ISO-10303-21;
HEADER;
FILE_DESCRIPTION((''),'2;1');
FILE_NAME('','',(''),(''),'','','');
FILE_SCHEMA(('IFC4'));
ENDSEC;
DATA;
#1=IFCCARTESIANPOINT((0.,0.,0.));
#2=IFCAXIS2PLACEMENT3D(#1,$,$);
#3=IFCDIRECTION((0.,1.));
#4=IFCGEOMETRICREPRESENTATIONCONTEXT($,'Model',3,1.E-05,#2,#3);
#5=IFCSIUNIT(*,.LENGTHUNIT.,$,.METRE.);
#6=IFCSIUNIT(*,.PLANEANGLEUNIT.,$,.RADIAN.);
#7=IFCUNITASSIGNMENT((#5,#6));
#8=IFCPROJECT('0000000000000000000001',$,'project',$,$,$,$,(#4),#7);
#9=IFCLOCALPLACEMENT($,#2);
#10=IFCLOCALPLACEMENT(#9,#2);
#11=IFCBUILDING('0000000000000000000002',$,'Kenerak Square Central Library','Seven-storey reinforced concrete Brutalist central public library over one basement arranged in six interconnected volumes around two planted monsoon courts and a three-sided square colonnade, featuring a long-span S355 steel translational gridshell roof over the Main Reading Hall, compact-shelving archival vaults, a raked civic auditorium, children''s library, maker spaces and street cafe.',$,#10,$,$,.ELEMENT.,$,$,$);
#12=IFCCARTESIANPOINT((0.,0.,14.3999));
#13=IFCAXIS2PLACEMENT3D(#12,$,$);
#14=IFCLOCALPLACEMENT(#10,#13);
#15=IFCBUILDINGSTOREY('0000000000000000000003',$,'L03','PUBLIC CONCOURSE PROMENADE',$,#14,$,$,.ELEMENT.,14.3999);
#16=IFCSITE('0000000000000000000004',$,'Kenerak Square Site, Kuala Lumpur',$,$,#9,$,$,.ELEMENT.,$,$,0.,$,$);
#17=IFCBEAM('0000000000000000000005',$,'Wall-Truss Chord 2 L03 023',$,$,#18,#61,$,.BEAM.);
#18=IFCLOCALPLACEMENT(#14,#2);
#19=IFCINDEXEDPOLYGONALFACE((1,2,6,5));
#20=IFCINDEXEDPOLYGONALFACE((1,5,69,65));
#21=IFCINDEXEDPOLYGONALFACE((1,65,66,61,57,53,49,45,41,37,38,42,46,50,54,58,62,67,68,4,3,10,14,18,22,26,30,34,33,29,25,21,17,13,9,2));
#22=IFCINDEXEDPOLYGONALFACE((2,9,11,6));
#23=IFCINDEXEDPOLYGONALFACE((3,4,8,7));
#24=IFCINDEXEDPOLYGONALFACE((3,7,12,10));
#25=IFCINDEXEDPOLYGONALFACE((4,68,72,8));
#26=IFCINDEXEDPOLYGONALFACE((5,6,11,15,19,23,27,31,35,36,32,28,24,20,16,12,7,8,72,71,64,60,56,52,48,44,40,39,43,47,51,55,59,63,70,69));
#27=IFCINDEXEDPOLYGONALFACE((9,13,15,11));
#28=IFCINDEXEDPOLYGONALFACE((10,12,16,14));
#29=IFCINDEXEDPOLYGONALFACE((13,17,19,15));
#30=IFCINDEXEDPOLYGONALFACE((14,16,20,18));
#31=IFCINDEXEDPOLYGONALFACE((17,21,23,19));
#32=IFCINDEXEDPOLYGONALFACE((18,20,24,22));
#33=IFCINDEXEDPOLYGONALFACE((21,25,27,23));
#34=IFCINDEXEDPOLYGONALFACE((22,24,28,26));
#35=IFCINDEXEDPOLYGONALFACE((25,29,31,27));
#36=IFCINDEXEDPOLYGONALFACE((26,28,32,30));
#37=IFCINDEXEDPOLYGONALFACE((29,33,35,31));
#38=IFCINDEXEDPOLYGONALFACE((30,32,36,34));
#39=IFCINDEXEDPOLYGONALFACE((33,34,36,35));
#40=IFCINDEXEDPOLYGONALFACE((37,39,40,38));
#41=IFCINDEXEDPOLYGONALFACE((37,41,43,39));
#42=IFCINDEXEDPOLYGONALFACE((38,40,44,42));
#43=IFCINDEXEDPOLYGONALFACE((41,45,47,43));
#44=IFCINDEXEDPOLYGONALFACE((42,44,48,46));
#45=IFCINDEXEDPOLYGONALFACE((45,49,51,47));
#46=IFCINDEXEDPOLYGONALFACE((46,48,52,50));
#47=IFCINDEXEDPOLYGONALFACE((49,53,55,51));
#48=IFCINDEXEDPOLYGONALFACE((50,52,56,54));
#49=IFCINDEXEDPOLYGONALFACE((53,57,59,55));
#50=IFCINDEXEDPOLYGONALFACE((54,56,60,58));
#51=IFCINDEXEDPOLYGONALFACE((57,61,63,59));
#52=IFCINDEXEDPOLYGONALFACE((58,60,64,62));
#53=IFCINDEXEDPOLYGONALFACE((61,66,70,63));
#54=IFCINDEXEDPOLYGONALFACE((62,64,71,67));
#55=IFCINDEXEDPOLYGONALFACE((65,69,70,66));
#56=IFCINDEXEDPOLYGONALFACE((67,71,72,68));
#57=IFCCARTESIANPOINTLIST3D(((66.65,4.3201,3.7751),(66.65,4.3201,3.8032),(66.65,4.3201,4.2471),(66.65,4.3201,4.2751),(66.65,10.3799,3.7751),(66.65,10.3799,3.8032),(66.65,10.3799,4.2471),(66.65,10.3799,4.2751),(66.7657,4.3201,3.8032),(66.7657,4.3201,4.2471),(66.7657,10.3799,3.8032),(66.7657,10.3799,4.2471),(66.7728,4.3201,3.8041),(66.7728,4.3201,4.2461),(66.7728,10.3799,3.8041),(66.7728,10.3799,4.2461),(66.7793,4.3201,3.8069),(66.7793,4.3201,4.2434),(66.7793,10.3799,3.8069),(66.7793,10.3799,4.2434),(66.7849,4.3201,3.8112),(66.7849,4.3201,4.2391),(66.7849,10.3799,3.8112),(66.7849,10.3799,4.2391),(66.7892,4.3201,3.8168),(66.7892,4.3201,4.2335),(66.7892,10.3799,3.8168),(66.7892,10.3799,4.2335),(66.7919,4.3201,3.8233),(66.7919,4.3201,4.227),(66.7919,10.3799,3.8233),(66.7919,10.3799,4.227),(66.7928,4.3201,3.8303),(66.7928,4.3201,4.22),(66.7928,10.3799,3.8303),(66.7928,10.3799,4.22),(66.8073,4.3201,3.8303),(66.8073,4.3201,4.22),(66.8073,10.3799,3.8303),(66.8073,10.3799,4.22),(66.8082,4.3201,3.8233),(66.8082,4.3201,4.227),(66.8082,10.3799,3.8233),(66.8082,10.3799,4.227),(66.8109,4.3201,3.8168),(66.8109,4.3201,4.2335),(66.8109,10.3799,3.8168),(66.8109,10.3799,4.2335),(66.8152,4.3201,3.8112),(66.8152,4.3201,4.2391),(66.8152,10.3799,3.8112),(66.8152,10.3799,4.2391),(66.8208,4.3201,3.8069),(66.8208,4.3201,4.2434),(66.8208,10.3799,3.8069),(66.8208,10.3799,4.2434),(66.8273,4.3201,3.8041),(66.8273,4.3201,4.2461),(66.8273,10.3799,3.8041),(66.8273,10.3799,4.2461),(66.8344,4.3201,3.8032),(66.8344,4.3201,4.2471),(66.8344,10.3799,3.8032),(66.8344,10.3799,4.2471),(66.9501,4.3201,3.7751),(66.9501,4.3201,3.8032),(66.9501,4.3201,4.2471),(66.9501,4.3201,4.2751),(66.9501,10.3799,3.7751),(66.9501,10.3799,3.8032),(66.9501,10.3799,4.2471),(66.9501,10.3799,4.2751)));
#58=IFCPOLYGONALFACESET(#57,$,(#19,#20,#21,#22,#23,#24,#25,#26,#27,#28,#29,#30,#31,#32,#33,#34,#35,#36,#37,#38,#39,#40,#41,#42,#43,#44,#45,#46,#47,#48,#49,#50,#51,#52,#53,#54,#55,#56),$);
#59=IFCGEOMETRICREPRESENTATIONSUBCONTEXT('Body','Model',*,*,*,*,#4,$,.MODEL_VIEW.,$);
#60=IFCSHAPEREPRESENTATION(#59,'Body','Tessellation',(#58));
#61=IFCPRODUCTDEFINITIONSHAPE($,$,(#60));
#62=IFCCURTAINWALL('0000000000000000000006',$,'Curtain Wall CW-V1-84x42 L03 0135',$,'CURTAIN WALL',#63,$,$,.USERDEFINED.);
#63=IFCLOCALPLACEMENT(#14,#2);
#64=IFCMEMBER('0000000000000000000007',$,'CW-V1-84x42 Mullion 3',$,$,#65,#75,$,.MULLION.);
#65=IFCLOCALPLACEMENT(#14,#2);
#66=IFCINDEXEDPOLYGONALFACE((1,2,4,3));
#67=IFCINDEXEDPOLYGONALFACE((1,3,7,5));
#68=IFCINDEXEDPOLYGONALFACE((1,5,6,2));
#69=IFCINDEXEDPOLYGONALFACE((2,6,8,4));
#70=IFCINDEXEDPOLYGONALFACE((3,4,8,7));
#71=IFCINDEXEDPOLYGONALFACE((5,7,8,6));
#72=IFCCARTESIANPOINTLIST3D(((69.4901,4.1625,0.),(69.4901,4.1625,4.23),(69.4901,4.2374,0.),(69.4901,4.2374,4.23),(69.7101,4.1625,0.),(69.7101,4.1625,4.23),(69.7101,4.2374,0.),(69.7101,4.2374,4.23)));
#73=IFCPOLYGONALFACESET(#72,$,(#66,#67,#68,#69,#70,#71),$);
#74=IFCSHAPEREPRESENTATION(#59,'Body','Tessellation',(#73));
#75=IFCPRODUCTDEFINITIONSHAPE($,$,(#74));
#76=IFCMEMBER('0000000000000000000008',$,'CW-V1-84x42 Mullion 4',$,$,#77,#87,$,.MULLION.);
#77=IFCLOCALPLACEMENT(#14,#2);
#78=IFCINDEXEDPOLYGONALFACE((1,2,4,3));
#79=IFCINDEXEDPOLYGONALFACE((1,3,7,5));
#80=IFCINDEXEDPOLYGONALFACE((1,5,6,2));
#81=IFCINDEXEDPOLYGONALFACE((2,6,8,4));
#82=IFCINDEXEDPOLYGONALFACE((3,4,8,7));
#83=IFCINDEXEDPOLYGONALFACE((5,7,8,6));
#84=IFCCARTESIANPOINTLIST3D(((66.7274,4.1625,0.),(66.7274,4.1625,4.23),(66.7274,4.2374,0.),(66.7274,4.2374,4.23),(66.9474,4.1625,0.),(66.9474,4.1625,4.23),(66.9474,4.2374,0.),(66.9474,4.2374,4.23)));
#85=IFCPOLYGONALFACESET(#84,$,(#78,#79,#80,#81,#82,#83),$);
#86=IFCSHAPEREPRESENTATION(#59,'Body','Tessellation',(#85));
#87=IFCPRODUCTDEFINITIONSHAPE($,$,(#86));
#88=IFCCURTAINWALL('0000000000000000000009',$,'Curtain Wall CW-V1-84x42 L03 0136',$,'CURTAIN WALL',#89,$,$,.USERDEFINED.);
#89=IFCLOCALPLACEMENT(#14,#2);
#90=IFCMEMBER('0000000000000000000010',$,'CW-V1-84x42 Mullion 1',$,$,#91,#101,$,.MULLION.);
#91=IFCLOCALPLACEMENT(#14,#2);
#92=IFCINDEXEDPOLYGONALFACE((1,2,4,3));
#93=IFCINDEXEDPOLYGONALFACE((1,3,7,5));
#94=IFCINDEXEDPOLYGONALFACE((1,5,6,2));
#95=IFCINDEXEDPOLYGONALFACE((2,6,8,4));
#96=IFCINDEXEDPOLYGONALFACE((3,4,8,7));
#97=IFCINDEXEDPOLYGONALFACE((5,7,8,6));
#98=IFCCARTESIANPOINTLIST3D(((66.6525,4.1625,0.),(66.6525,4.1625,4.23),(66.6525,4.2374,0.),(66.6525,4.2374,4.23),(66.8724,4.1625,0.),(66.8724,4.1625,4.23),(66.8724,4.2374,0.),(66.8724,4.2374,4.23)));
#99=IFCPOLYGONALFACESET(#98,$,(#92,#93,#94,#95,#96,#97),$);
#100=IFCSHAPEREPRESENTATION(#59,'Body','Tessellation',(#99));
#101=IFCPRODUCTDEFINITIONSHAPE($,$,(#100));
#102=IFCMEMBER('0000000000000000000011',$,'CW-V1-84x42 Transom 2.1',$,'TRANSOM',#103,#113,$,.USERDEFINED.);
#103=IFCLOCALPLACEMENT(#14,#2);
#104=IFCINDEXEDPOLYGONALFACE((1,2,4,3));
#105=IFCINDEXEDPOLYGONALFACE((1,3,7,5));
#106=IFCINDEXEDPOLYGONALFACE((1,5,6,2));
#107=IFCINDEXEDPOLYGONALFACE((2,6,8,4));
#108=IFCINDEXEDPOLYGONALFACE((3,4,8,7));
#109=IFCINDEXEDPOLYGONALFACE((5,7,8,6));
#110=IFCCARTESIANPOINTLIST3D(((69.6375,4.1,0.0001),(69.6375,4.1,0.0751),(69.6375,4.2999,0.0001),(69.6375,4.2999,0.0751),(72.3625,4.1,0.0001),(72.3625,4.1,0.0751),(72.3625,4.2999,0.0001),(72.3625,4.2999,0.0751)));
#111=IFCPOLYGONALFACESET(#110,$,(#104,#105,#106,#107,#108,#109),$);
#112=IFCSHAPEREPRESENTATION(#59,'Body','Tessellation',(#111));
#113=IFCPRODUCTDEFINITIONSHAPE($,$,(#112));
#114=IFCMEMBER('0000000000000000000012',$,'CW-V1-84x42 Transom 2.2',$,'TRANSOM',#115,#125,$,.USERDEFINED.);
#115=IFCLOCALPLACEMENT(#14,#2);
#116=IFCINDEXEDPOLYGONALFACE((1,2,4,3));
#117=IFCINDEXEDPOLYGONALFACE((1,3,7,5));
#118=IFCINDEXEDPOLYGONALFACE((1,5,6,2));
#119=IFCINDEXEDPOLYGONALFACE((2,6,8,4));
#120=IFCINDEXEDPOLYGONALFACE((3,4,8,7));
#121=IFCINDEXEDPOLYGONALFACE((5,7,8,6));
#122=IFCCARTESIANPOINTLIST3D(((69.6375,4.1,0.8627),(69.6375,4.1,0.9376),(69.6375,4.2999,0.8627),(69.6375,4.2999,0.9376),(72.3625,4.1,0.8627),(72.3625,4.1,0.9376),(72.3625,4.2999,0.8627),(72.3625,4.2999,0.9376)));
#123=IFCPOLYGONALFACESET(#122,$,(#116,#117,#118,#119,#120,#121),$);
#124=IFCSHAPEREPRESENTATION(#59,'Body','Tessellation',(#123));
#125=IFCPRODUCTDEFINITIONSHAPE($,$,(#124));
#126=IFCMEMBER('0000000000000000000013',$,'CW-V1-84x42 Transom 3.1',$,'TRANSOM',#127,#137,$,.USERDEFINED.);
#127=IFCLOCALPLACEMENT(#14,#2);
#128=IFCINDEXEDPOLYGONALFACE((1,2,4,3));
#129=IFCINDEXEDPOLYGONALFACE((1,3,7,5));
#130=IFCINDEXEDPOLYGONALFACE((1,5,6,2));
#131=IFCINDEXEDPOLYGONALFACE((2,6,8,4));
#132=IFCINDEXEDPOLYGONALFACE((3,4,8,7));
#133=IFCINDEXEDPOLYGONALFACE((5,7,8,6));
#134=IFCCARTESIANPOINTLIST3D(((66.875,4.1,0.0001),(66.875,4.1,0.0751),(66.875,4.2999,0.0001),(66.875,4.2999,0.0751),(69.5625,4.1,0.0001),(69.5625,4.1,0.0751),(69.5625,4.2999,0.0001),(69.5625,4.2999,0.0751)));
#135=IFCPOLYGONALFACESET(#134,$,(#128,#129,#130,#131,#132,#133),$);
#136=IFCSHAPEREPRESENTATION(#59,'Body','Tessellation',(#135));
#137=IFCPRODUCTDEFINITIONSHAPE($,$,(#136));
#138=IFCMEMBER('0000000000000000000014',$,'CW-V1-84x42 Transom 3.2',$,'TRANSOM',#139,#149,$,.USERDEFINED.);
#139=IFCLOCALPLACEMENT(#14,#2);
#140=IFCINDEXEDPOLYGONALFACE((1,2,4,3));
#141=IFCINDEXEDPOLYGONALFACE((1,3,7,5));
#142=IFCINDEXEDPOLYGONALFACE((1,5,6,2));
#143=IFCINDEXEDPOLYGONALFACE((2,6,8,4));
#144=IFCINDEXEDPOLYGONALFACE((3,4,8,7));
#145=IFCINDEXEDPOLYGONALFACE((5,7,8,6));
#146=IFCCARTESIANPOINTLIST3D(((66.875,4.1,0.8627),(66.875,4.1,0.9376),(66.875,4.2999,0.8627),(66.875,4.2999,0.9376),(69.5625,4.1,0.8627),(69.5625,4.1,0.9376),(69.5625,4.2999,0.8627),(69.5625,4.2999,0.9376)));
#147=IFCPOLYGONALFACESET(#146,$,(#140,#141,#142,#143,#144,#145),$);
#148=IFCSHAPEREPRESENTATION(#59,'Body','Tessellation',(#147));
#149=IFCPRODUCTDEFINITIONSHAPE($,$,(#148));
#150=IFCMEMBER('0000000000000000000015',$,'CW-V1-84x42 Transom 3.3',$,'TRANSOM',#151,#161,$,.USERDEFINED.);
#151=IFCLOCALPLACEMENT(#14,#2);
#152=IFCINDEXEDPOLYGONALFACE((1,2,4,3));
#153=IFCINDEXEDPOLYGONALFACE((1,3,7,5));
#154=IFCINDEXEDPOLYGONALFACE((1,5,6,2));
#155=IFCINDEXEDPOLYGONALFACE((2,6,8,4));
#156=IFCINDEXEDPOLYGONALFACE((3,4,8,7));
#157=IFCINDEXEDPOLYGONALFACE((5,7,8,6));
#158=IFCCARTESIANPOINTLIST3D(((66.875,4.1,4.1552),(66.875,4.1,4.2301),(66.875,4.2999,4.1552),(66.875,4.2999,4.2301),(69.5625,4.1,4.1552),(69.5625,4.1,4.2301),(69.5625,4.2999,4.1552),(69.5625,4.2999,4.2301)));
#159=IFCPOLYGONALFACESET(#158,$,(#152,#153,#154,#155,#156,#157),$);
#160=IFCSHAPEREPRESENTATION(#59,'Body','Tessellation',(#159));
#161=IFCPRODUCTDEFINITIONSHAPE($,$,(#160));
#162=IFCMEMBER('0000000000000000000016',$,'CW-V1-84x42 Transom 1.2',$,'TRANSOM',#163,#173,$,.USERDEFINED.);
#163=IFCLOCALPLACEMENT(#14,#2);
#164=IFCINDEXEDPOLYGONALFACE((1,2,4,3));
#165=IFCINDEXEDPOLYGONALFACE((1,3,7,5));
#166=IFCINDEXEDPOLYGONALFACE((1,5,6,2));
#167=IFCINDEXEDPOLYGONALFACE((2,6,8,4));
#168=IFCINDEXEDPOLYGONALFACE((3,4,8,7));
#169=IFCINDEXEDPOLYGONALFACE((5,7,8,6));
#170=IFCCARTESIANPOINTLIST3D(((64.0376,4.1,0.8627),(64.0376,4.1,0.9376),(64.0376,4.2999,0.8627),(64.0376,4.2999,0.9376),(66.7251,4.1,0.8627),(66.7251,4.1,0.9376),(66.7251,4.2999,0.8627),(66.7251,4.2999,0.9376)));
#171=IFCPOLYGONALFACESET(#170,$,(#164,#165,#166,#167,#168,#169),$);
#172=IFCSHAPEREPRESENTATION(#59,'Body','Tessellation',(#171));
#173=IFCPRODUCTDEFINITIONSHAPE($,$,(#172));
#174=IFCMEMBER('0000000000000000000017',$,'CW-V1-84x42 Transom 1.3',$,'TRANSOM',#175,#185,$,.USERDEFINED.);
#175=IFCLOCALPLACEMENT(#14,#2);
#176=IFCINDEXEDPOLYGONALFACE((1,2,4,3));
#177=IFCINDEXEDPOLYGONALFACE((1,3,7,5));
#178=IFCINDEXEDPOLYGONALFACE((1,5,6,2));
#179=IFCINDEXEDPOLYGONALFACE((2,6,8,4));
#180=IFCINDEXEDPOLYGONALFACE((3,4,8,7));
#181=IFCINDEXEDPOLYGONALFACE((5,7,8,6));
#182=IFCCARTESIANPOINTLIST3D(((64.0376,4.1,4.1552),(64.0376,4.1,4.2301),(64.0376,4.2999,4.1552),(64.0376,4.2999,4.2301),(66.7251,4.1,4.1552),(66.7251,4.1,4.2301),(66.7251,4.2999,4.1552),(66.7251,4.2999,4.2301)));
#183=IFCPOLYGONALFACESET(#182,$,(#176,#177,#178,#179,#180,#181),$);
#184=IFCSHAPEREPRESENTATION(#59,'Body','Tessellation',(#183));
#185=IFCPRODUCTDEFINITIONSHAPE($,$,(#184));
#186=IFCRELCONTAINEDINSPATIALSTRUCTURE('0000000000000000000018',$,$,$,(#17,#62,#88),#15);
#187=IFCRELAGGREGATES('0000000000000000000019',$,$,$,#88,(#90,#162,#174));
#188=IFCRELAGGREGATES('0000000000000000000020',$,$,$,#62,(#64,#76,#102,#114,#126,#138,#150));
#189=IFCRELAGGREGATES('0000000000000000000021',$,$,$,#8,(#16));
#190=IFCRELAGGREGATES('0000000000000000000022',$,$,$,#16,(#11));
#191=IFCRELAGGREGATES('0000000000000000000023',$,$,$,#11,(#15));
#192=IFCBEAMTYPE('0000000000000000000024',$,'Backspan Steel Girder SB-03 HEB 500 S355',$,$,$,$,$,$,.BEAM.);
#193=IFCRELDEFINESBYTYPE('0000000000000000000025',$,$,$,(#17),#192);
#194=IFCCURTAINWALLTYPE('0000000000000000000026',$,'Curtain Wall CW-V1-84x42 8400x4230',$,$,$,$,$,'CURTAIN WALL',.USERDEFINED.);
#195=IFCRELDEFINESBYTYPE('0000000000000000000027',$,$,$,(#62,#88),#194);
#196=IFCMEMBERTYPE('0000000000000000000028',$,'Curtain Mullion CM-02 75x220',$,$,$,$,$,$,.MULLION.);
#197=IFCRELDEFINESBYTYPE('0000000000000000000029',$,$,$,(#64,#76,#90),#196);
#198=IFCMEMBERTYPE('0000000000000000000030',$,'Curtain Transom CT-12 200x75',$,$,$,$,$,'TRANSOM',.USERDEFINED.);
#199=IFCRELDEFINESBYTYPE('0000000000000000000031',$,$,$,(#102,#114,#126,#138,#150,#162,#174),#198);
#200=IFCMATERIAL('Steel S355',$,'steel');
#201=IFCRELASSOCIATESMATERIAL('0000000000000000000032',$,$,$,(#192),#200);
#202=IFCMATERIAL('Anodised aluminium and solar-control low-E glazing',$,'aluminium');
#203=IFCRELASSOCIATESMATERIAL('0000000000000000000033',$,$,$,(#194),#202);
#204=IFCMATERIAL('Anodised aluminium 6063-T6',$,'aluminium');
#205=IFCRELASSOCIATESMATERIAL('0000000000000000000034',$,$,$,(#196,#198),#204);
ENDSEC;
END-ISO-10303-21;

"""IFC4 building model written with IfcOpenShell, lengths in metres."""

from ifc_helpers import new_model, si_unit, direction, frame, origin, origin_2d, place, context, subcontext, project, spatial, rectangle, i_section, extrude, material, material_profile, profile_set, type_object, element, aggregate, save


model = new_model("IFC4")

# Units and contexts
model_context = context("Model", 3, precision=1e-05, world=origin(), true_north=direction((0.0, 1.0)))
body_context = subcontext(model_context, "Body", "Model", "MODEL_VIEW")
ifc_project = project(units=[si_unit("LENGTHUNIT", "METRE"), si_unit("PLANEANGLEUNIT", "RADIAN")], contexts=[model_context])

# Site, building, storey
site_placement = place(None, origin())
site = spatial("IfcSite", under=ifc_project, at=site_placement, Name="Kenerak Square Site, Kuala Lumpur", CompositionType="ELEMENT", RefElevation=0.0)
building_placement = place(site_placement, origin())
building = spatial("IfcBuilding", under=site, at=building_placement, Name="Kenerak Square Central Library", Description="Seven-storey reinforced concrete Brutalist central public library over one basement arranged in six interconnected volumes around two planted monsoon courts and a three-sided square colonnade, featuring a long-span S355 steel translational gridshell roof over the Main Reading Hall, compact-shelving archival vaults, a raked civic auditorium, children's library, maker spaces and street cafe.", CompositionType="ELEMENT")
storey_placement = place(building_placement, frame((0.0, 0.0, 14.3999)))
storey = spatial("IfcBuildingStorey", under=building, at=storey_placement, Name="L03", Description="PUBLIC CONCOURSE PROMENADE", CompositionType="ELEMENT", Elevation=14.3999)

# Beam
ifc_material_1 = material(Name="Steel S355", Category="steel")
ifc_material_profile_1 = material_profile(ifc_material_1, i_section(OverallWidth=0.3, OverallDepth=0.5, WebThickness=0.0144, FlangeThickness=0.0281, FilletRadius=0.0271, at=origin_2d()), Name="HEB 500")
ifc_profile_set_1 = profile_set([ifc_material_profile_1], Name="Steel S355")
beam_type_1 = type_object("IfcBeamType", Name="Backspan Steel Girder SB-03 HEB 500 S355", PredefinedType="BEAM", material=ifc_profile_set_1)
beam_1_placement = place(storey_placement, frame((66.8, 4.3201, 4.0251), z_axis=(0.0, 1.0, 0.0), x_axis=(-1.0, 0.0, 0.0)))
element("IfcBeam", 1, at=beam_1_placement, inside=storey, type_object=beam_type_1, Name="Wall-Truss Chord 2 L03 023", PredefinedType="BEAM", context=body_context, shape_type="SweptSolid", body=[
    extrude(i_section(OverallWidth=0.3, OverallDepth=0.5, WebThickness=0.0144, FlangeThickness=0.0281, FilletRadius=0.0271, at=origin_2d()), origin(), (0.0, 0.0, 1.0), 6.0598),
])

# Curtain wall, members
ifc_material_2 = material(Name="Anodised aluminium and solar-control low-E glazing", Category="aluminium")
curtain_wall_type = type_object("IfcCurtainWallType", Name="Curtain Wall CW-V1-84x42 8400x4230", ElementType="CURTAIN WALL", PredefinedType="USERDEFINED", material=ifc_material_2)
curtain_wall_1_placement = place(storey_placement, origin())
curtain_wall_1 = element("IfcCurtainWall", 2, at=curtain_wall_1_placement, inside=storey, type_object=curtain_wall_type, Name="Curtain Wall CW-V1-84x42 L03 0135", ObjectType="CURTAIN WALL", PredefinedType="USERDEFINED")
ifc_material_3 = material(Name="Anodised aluminium 6063-T6", Category="aluminium")
ifc_material_profile_2 = material_profile(ifc_material_3, rectangle(XDim=0.075, YDim=0.22, at=origin_2d()), Name="AL MULLION 75x220")
ifc_profile_set_2 = profile_set([ifc_material_profile_2], Name="Anodised aluminium 6063-T6")
member_type_1 = type_object("IfcMemberType", Name="Curtain Mullion CM-02 75x220", PredefinedType="MULLION", material=ifc_profile_set_2)
member_1_placement = place(storey_placement, frame((69.6001, 4.2, 0.0), z_axis=(0.0, 0.0, 1.0), x_axis=(0.0, -1.0, 0.0)))
member_1 = element("IfcMember", 3, at=member_1_placement, type_object=member_type_1, Name="CW-V1-84x42 Mullion 3", PredefinedType="MULLION", context=body_context, shape_type="SweptSolid", body=[
    extrude(rectangle(XDim=0.075, YDim=0.22, at=origin_2d()), origin(), (0.0, 0.0, 1.0), 4.23),
])
member_2_placement = place(storey_placement, frame((66.8374, 4.2, 0.0), z_axis=(0.0, 0.0, 1.0), x_axis=(0.0, -1.0, 0.0)))
member_2 = element("IfcMember", 4, at=member_2_placement, type_object=member_type_1, Name="CW-V1-84x42 Mullion 4", PredefinedType="MULLION", context=body_context, shape_type="SweptSolid", body=[
    extrude(rectangle(XDim=0.075, YDim=0.22, at=origin_2d()), origin(), (0.0, 0.0, 1.0), 4.23),
])

# Curtain wall, member
curtain_wall_2_placement = place(storey_placement, origin())
curtain_wall_2 = element("IfcCurtainWall", 5, at=curtain_wall_2_placement, inside=storey, type_object=curtain_wall_type, Name="Curtain Wall CW-V1-84x42 L03 0136", ObjectType="CURTAIN WALL", PredefinedType="USERDEFINED")
member_3_placement = place(storey_placement, frame((66.7625, 4.2, 0.0), z_axis=(0.0, 0.0, 1.0), x_axis=(0.0, -1.0, 0.0)))
member_3 = element("IfcMember", 6, at=member_3_placement, type_object=member_type_1, Name="CW-V1-84x42 Mullion 1", PredefinedType="MULLION", context=body_context, shape_type="SweptSolid", body=[
    extrude(rectangle(XDim=0.075, YDim=0.22, at=origin_2d()), origin(), (0.0, 0.0, 1.0), 4.23),
])

# Members
ifc_material_profile_3 = material_profile(ifc_material_3, rectangle(XDim=0.2, YDim=0.075, at=origin_2d()), Name="AL TRANSOM 200x75")
ifc_profile_set_3 = profile_set([ifc_material_profile_3], Name="Anodised aluminium 6063-T6")
member_type_2 = type_object("IfcMemberType", Name="Curtain Transom CT-12 200x75", ElementType="TRANSOM", PredefinedType="USERDEFINED", material=ifc_profile_set_3)
member_4_placement = place(storey_placement, frame((72.3625, 4.2, 0.0376), z_axis=(-1.0, 0.0, 0.0), x_axis=(0.0, -1.0, 0.0)))
member_4 = element("IfcMember", 7, at=member_4_placement, type_object=member_type_2, Name="CW-V1-84x42 Transom 2.1", ObjectType="TRANSOM", PredefinedType="USERDEFINED", context=body_context, shape_type="SweptSolid", body=[
    extrude(rectangle(XDim=0.2, YDim=0.075, at=origin_2d()), origin(), (0.0, 0.0, 1.0), 2.7251),
])
member_5_placement = place(storey_placement, frame((72.3625, 4.2, 0.9001), z_axis=(-1.0, 0.0, 0.0), x_axis=(0.0, -1.0, 0.0)))
member_5 = element("IfcMember", 8, at=member_5_placement, type_object=member_type_2, Name="CW-V1-84x42 Transom 2.2", ObjectType="TRANSOM", PredefinedType="USERDEFINED", context=body_context, shape_type="SweptSolid", body=[
    extrude(rectangle(XDim=0.2, YDim=0.075, at=origin_2d()), origin(), (0.0, 0.0, 1.0), 2.7251),
])
member_6_placement = place(storey_placement, frame((69.5625, 4.2, 0.0376), z_axis=(-1.0, 0.0, 0.0), x_axis=(0.0, -1.0, 0.0)))
member_6 = element("IfcMember", 9, at=member_6_placement, type_object=member_type_2, Name="CW-V1-84x42 Transom 3.1", ObjectType="TRANSOM", PredefinedType="USERDEFINED", context=body_context, shape_type="SweptSolid", body=[
    extrude(rectangle(XDim=0.2, YDim=0.075, at=origin_2d()), origin(), (0.0, 0.0, 1.0), 2.6875),
])
member_7_placement = place(storey_placement, frame((69.5625, 4.2, 0.9001), z_axis=(-1.0, 0.0, 0.0), x_axis=(0.0, -1.0, 0.0)))
member_7 = element("IfcMember", 10, at=member_7_placement, type_object=member_type_2, Name="CW-V1-84x42 Transom 3.2", ObjectType="TRANSOM", PredefinedType="USERDEFINED", context=body_context, shape_type="SweptSolid", body=[
    extrude(rectangle(XDim=0.2, YDim=0.075, at=origin_2d()), origin(), (0.0, 0.0, 1.0), 2.6875),
])
member_8_placement = place(storey_placement, frame((69.5625, 4.2, 4.1926), z_axis=(-1.0, 0.0, 0.0), x_axis=(0.0, -1.0, 0.0)))
member_8 = element("IfcMember", 11, at=member_8_placement, type_object=member_type_2, Name="CW-V1-84x42 Transom 3.3", ObjectType="TRANSOM", PredefinedType="USERDEFINED", context=body_context, shape_type="SweptSolid", body=[
    extrude(rectangle(XDim=0.2, YDim=0.075, at=origin_2d()), origin(), (0.0, 0.0, 1.0), 2.6875),
])
member_9_placement = place(storey_placement, frame((66.7251, 4.2, 0.9001), z_axis=(-1.0, 0.0, 0.0), x_axis=(0.0, -1.0, 0.0)))
member_9 = element("IfcMember", 12, at=member_9_placement, type_object=member_type_2, Name="CW-V1-84x42 Transom 1.2", ObjectType="TRANSOM", PredefinedType="USERDEFINED", context=body_context, shape_type="SweptSolid", body=[
    extrude(rectangle(XDim=0.2, YDim=0.075, at=origin_2d()), origin(), (0.0, 0.0, 1.0), 2.6875),
])
member_10_placement = place(storey_placement, frame((66.7251, 4.2, 4.1926), z_axis=(-1.0, 0.0, 0.0), x_axis=(0.0, -1.0, 0.0)))
member_10 = element("IfcMember", 13, at=member_10_placement, type_object=member_type_2, Name="CW-V1-84x42 Transom 1.3", ObjectType="TRANSOM", PredefinedType="USERDEFINED", context=body_context, shape_type="SweptSolid", body=[
    extrude(rectangle(XDim=0.2, YDim=0.075, at=origin_2d()), origin(), (0.0, 0.0, 1.0), 2.6875),
])
aggregate(curtain_wall_2, [member_3, member_9, member_10])

aggregate(curtain_wall_1, [member_1, member_2, member_4, member_5, member_6, member_7, member_8])

save(model, "model.ifc")
